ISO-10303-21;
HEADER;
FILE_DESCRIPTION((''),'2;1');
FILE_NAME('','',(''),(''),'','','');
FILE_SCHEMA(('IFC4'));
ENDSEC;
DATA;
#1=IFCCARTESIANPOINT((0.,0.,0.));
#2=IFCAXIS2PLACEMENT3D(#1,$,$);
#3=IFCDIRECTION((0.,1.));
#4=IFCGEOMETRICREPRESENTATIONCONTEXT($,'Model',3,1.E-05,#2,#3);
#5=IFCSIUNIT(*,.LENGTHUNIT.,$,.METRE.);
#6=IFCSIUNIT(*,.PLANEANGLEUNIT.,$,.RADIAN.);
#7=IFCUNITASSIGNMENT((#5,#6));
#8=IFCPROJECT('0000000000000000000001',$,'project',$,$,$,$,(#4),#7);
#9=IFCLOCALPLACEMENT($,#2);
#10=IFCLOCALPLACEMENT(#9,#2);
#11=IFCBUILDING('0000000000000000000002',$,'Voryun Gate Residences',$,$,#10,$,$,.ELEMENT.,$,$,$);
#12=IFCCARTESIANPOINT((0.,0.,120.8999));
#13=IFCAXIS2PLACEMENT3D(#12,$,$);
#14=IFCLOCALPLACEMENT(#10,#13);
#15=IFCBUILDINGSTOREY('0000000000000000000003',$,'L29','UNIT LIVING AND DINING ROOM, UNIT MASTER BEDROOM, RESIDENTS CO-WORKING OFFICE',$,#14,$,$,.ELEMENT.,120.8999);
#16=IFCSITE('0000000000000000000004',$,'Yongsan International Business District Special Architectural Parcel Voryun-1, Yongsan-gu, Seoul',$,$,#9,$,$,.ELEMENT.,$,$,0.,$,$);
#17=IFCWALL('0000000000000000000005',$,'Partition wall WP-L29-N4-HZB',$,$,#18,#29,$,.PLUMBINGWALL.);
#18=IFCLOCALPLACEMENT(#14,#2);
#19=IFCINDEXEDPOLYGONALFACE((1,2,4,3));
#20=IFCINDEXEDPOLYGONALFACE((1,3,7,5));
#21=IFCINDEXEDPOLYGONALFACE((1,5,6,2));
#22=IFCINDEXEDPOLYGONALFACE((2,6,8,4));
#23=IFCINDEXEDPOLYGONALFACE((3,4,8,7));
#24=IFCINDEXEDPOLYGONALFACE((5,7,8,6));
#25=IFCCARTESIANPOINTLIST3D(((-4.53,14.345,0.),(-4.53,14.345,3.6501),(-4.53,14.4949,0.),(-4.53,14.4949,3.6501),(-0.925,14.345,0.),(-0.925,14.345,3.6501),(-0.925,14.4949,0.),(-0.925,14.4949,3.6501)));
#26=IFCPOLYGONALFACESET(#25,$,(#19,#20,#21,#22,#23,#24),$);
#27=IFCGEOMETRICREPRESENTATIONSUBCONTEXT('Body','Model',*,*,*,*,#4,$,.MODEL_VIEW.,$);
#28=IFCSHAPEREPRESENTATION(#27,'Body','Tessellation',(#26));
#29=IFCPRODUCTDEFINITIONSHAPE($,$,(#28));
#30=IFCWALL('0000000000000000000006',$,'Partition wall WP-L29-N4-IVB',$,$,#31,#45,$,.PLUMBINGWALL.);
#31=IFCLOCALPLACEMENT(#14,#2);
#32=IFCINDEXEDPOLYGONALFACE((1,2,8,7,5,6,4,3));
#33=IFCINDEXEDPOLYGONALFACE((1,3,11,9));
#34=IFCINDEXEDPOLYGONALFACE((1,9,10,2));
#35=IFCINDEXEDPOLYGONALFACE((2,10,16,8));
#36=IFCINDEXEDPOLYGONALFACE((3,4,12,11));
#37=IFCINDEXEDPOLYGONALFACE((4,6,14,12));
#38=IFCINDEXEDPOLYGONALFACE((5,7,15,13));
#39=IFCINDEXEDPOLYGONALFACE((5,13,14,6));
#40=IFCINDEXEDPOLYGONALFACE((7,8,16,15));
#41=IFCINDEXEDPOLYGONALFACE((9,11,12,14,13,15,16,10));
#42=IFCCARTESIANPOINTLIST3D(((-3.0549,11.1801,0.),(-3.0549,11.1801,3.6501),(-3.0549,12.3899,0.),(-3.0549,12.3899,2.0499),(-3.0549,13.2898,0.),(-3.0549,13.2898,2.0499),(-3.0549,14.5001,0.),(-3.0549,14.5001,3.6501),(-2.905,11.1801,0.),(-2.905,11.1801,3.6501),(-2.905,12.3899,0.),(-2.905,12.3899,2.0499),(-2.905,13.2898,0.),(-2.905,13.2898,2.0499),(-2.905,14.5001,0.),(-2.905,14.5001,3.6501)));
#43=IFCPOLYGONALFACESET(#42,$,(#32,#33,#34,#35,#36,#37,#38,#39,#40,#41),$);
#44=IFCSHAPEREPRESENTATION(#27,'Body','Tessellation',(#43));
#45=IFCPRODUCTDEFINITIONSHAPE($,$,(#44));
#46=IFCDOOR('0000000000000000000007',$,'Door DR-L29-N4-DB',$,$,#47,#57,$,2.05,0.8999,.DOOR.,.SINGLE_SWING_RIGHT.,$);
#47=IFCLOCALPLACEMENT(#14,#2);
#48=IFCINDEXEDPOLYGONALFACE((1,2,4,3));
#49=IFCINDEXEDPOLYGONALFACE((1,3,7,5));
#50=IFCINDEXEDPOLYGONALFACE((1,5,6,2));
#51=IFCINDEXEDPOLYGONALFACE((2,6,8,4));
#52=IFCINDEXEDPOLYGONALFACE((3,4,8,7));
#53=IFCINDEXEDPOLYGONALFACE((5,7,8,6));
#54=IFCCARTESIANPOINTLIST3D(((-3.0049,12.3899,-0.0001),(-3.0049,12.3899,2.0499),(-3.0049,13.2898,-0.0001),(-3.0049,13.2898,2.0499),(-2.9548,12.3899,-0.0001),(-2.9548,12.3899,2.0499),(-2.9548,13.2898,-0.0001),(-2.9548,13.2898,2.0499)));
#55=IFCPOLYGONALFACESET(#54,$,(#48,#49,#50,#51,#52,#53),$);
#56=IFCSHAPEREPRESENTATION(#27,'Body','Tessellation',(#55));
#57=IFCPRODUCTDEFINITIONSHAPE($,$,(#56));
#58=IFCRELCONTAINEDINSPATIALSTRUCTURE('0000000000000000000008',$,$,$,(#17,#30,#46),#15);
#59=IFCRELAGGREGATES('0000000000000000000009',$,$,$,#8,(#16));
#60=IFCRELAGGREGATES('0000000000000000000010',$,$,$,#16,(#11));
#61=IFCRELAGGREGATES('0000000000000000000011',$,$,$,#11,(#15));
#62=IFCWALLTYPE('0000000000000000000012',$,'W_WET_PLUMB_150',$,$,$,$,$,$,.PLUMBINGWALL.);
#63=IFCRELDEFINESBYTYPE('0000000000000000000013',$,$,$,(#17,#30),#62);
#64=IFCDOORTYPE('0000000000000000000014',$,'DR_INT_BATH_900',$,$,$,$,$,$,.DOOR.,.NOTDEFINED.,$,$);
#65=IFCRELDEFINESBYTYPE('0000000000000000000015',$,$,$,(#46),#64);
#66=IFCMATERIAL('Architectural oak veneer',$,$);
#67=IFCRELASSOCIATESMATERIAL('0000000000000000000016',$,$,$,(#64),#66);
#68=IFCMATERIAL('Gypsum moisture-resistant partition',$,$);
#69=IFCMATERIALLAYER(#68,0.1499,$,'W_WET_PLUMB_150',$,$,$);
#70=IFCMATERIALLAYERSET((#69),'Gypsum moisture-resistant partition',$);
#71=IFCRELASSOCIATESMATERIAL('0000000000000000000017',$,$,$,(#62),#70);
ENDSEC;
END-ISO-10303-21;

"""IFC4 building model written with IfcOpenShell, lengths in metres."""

from ifc_helpers import new_model, si_unit, direction, frame, frame_2d, origin, place, context, subcontext, project, spatial, rectangle, extrude, material, layer, layer_set, type_object, element, fill, save


model = new_model("IFC4")

# Units and contexts
model_context = context("Model", 3, precision=1e-05, world=origin(), true_north=direction((0.0, 1.0)))
body_context = subcontext(model_context, "Body", "Model", "MODEL_VIEW")
ifc_project = project(units=[si_unit("LENGTHUNIT", "METRE"), si_unit("PLANEANGLEUNIT", "RADIAN")], contexts=[model_context])

# Site, building, storey
site_placement = place(None, origin())
site = spatial("IfcSite", under=ifc_project, at=site_placement, Name="Yongsan International Business District Special Architectural Parcel Voryun-1, Yongsan-gu, Seoul", CompositionType="ELEMENT", RefElevation=0.0)
building_placement = place(site_placement, origin())
building = spatial("IfcBuilding", under=site, at=building_placement, Name="Voryun Gate Residences", CompositionType="ELEMENT")
storey_placement = place(building_placement, frame((0.0, 0.0, 120.8999)))
storey = spatial("IfcBuildingStorey", under=building, at=storey_placement, Name="L29", Description="UNIT LIVING AND DINING ROOM, UNIT MASTER BEDROOM, RESIDENTS CO-WORKING OFFICE", CompositionType="ELEMENT", Elevation=120.8999)

# Shared definitions
ifc_material_1 = material(Name="Architectural oak veneer")
door_type_1 = type_object("IfcDoorType", Name="DR_INT_BATH_900", OperationType="NOTDEFINED", PredefinedType="DOOR", material=ifc_material_1)

# Shared definitions
ifc_material_2 = material(Name="Gypsum moisture-resistant partition")
ifc_layer_1 = layer(ifc_material_2, 0.1499, Name="W_WET_PLUMB_150")
ifc_layer_set_1 = layer_set([ifc_layer_1], Name="Gypsum moisture-resistant partition")
wall_type_1 = type_object("IfcWallType", Name="W_WET_PLUMB_150", PredefinedType="PLUMBINGWALL", material=ifc_layer_set_1)

# Wall
wall_1_placement = place(storey_placement, frame((-4.53, 14.4199, 0.0), z_axis=(0.0, 0.0, 1.0), x_axis=(1.0, 0.0, 0.0)))
element("IfcWall", 1, at=wall_1_placement, inside=storey, type_object=wall_type_1, Name="Partition wall WP-L29-N4-HZB", PredefinedType="PLUMBINGWALL", context=body_context, shape_type="SweptSolid", body=[
    extrude(rectangle(XDim=3.605, YDim=0.1499, at=frame_2d((1.8025, 0.0))), origin(), (0.0, 0.0, 1.0), 3.6501),
])

# Wall, opening, door
wall_2_placement = place(storey_placement, frame((-2.98, 11.1799, 0.0), z_axis=(0.0, 0.0, 1.0), x_axis=(0.0, 1.0, 0.0)))
wall_2 = element("IfcWall", 2, at=wall_2_placement, inside=storey, type_object=wall_type_1, Name="Partition wall WP-L29-N4-IVB", PredefinedType="PLUMBINGWALL", context=body_context, shape_type="SweptSolid", body=[
    extrude(rectangle(XDim=3.3201, YDim=0.1499, at=frame_2d((1.6602, 0.0))), origin(), (0.0, 0.0, 1.0), 3.6501),
])
opening_1_placement = place(wall_2_placement, frame((1.21, 0.0, 0.0)))
opening_1 = element("IfcOpeningElement", 3, at=opening_1_placement, cuts=wall_2, PredefinedType="OPENING", context=body_context, shape_type="SweptSolid", body=[
    extrude(rectangle(XDim=0.8999, YDim=2.05, at=frame_2d((0.45, 1.0249))), frame((0.0, 0.085, 0.0), z_axis=(0.0, -1.0, 0.0), x_axis=(1.0, 0.0, 0.0)), (0.0, 0.0, 1.0), 0.1699),
])
door_1_placement = place(opening_1_placement, origin())
door_1 = element("IfcDoor", 4, at=door_1_placement, inside=storey, type_object=door_type_1, Name="Door DR-L29-N4-DB", OperationType="SINGLE_SWING_RIGHT", OverallHeight=2.05, OverallWidth=0.8999, PredefinedType="DOOR", context=body_context, shape_type="SweptSolid", body=[
    extrude(rectangle(XDim=0.8999, YDim=2.05, at=frame_2d((0.45, 1.0249))), frame((0.0, 0.0249, 0.0), z_axis=(0.0, -1.0, 0.0), x_axis=(1.0, 0.0, 0.0)), (0.0, 0.0, 1.0), 0.05),
])
fill(opening_1, door_1)

save(model, "model.ifc")
